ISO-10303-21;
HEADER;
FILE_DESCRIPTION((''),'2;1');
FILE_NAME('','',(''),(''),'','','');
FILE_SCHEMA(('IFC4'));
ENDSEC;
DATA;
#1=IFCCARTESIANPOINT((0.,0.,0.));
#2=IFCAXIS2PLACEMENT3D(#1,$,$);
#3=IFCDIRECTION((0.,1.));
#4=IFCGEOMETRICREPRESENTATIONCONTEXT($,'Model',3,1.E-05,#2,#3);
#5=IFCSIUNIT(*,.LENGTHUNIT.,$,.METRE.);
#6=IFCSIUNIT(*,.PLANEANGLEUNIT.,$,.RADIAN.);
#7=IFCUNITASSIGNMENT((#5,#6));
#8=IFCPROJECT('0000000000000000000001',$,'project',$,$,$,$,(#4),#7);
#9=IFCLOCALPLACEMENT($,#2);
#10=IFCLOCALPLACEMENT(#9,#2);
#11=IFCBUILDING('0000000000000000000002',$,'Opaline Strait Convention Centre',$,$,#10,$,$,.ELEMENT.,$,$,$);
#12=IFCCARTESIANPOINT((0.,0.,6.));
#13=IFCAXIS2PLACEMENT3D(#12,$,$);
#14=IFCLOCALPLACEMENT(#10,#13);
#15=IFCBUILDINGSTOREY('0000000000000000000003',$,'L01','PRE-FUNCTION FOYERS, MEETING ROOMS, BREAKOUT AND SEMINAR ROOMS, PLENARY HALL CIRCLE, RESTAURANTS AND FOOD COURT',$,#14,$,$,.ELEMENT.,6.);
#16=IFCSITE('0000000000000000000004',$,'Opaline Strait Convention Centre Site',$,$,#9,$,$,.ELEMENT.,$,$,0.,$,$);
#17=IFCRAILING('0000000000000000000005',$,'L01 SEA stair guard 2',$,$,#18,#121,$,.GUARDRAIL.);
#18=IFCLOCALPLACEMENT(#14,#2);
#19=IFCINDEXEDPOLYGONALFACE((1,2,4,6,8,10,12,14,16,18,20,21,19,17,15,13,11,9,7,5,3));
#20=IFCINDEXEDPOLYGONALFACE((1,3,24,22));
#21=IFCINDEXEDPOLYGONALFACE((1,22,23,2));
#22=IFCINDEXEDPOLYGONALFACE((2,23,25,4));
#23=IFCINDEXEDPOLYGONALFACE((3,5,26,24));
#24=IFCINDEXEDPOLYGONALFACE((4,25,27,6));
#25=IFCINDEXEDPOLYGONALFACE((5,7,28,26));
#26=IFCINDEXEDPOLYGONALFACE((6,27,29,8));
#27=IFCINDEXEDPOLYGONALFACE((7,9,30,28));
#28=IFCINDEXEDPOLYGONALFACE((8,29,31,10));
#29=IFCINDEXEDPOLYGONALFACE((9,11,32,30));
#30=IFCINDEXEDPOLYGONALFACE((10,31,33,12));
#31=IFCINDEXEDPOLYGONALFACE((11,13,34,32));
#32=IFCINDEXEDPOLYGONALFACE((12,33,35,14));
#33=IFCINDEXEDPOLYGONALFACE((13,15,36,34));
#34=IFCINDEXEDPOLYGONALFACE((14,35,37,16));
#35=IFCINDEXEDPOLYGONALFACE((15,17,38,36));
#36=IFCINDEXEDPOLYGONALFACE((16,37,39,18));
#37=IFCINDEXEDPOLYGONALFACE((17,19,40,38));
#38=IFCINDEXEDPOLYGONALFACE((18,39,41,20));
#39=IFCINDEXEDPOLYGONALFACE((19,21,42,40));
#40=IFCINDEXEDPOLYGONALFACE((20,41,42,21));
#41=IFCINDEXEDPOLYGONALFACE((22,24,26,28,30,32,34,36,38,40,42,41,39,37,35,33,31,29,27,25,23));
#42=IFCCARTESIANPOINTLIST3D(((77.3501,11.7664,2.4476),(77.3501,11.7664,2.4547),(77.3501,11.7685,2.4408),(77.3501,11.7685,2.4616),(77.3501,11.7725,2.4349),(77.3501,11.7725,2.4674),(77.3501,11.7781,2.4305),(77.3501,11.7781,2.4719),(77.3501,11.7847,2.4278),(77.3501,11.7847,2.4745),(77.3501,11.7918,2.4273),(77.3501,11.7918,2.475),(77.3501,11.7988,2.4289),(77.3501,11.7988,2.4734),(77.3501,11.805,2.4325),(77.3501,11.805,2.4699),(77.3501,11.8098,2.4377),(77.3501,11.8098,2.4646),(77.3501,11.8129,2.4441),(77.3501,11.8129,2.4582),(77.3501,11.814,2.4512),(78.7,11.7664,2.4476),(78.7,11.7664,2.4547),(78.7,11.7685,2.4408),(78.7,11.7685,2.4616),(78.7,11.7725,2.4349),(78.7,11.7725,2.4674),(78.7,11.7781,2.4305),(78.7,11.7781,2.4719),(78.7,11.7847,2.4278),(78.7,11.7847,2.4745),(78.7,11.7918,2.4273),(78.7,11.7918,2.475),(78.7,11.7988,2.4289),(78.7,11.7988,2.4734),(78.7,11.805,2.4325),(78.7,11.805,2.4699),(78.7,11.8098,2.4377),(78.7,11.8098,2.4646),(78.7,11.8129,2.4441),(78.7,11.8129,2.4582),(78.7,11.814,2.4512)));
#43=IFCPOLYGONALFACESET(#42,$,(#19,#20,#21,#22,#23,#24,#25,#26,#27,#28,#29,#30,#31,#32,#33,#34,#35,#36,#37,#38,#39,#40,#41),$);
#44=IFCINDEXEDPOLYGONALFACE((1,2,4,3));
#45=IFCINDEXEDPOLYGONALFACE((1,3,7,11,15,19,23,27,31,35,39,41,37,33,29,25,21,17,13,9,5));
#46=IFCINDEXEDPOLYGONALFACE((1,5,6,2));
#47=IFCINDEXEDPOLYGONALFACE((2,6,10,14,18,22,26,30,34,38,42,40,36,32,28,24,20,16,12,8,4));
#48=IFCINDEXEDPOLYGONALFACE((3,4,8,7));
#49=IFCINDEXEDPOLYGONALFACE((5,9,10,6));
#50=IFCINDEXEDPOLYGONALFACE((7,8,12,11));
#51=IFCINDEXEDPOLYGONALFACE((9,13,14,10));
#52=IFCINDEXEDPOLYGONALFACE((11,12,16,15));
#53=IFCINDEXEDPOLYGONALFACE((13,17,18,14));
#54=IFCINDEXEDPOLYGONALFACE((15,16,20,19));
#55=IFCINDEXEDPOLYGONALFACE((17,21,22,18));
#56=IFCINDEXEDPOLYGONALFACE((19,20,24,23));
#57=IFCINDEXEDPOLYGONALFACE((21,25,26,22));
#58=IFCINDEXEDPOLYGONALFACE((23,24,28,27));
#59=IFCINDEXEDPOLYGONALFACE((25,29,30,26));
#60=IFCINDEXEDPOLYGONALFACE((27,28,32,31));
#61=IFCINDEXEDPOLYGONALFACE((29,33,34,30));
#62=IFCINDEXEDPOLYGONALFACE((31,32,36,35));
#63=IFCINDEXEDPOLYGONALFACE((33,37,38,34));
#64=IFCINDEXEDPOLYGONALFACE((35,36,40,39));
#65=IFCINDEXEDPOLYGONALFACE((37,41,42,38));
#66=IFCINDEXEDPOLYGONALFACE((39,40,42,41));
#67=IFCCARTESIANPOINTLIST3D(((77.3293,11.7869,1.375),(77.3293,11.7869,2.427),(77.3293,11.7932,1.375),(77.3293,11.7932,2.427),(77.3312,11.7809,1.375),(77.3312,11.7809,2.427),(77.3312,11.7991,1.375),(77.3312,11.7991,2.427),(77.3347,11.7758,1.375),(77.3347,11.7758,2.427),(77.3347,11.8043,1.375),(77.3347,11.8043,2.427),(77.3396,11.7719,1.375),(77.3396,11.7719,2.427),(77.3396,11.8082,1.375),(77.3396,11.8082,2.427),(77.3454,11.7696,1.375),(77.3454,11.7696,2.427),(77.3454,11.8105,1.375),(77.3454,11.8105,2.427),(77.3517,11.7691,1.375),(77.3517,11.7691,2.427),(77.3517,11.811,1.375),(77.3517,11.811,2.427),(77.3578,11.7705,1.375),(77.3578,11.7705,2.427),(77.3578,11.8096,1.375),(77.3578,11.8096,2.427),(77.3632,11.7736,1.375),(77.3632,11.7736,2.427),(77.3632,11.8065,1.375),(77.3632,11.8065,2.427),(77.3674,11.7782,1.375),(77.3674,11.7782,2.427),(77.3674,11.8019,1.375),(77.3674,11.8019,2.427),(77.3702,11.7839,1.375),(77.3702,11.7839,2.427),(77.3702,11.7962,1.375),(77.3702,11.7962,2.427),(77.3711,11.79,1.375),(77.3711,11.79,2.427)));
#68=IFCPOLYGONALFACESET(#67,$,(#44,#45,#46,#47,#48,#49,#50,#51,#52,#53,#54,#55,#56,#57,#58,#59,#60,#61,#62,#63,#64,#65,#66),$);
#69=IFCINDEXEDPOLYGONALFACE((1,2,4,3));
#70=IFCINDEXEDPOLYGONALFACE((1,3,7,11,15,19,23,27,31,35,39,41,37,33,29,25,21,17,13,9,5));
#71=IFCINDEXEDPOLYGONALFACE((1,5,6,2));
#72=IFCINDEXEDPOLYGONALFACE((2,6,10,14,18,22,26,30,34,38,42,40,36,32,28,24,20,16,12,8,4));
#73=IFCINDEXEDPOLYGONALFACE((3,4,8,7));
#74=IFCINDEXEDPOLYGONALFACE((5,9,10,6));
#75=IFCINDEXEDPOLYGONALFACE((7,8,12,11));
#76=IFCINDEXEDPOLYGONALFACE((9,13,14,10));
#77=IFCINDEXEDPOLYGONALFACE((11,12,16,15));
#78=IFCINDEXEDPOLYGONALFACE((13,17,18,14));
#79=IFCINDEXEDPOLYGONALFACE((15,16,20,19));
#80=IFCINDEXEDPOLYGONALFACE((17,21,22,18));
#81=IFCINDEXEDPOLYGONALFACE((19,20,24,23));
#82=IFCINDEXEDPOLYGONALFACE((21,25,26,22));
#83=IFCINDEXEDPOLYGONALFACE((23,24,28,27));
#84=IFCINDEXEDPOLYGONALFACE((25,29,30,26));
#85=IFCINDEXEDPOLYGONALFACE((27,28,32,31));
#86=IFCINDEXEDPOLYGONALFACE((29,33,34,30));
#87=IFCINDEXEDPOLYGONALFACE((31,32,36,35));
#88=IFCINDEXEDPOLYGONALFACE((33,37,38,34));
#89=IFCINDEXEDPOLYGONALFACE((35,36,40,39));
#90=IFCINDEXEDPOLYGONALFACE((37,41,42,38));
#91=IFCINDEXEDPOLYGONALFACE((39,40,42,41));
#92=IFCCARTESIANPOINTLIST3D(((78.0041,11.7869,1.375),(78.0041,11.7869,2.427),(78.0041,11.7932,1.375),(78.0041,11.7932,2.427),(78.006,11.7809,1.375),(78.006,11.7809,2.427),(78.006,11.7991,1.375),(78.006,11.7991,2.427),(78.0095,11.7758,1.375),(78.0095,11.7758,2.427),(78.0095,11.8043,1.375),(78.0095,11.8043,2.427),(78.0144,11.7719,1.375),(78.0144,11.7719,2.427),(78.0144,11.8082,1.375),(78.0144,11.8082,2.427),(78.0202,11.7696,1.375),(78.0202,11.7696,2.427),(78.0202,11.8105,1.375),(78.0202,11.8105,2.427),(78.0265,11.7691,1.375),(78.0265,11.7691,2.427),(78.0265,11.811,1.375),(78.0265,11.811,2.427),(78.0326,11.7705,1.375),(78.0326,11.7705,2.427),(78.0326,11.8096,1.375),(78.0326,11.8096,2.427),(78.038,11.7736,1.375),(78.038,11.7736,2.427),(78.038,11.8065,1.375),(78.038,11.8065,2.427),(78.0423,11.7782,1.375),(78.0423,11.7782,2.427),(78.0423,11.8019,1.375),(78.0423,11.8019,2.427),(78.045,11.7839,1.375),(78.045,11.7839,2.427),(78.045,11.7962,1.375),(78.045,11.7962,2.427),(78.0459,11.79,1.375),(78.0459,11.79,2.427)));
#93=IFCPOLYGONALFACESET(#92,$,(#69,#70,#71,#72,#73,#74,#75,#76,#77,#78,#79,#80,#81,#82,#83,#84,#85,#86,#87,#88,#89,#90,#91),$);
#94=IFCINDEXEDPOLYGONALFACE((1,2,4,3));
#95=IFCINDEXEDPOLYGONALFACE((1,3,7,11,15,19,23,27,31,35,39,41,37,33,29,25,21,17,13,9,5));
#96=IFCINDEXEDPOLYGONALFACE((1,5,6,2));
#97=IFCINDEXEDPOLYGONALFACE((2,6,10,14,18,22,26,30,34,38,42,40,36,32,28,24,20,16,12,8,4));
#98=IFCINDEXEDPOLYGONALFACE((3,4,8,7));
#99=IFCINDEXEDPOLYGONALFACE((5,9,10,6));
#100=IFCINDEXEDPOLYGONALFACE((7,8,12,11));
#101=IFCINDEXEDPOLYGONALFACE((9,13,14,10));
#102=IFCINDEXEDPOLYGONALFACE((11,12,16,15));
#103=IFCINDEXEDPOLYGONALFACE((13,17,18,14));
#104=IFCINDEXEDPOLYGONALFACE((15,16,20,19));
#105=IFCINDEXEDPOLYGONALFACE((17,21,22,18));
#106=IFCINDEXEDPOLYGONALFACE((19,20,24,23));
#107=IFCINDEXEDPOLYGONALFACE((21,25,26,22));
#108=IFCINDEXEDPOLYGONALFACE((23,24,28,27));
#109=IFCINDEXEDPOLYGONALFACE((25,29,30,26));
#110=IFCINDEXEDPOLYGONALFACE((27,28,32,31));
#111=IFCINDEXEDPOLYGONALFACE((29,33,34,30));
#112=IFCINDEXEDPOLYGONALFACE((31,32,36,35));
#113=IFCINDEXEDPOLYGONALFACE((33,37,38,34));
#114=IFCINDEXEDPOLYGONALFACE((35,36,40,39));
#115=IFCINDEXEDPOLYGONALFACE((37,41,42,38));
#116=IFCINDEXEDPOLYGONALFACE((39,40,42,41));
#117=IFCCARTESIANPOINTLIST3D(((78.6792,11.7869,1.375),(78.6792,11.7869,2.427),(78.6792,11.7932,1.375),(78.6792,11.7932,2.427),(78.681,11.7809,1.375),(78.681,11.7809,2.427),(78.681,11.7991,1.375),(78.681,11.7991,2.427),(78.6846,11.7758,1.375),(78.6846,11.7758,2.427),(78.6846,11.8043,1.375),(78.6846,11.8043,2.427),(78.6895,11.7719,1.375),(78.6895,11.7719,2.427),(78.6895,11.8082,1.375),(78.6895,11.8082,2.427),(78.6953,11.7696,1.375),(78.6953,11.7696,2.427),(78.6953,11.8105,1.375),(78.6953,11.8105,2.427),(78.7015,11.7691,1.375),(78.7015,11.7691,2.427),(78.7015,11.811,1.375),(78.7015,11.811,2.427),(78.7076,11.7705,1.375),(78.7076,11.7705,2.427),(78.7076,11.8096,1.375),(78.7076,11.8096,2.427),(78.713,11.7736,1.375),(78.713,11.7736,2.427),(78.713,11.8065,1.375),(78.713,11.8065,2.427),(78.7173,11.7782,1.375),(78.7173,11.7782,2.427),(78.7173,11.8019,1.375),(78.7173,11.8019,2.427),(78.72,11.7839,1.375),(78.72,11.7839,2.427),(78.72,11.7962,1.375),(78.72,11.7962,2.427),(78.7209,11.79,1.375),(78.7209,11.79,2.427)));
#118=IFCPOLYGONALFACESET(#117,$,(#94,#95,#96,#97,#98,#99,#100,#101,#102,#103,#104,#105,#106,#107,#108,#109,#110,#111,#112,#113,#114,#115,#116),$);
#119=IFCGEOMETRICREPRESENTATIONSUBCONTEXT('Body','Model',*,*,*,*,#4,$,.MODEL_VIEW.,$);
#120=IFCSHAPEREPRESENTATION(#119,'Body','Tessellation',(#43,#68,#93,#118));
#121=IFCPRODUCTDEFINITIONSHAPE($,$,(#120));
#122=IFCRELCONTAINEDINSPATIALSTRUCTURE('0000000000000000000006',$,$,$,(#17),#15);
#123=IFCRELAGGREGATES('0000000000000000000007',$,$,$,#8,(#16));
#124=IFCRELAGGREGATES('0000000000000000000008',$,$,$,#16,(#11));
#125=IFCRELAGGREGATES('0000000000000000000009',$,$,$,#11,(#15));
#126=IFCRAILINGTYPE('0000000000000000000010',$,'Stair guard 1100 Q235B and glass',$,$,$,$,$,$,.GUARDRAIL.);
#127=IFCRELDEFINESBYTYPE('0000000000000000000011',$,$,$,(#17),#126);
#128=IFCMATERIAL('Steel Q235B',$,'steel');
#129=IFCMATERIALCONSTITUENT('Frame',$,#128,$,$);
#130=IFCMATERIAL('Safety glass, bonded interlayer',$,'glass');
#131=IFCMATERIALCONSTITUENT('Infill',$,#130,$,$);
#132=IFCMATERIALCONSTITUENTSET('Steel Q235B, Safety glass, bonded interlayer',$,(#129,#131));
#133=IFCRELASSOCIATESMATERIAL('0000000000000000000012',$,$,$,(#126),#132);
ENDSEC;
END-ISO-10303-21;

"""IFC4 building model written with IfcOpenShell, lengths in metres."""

from ifc_helpers import new_model, si_unit, direction, frame, origin, origin_2d, place, context, subcontext, project, spatial, circle, extrude, material, constituent, constituent_set, type_object, element, save


model = new_model("IFC4")

# Units and contexts
model_context = context("Model", 3, precision=1e-05, world=origin(), true_north=direction((0.0, 1.0)))
body_context = subcontext(model_context, "Body", "Model", "MODEL_VIEW")
ifc_project = project(units=[si_unit("LENGTHUNIT", "METRE"), si_unit("PLANEANGLEUNIT", "RADIAN")], contexts=[model_context])

# Site, building, storey
site_placement = place(None, origin())
site = spatial("IfcSite", under=ifc_project, at=site_placement, Name="Opaline Strait Convention Centre Site", CompositionType="ELEMENT", RefElevation=0.0)
building_placement = place(site_placement, origin())
building = spatial("IfcBuilding", under=site, at=building_placement, Name="Opaline Strait Convention Centre", CompositionType="ELEMENT")
storey_placement = place(building_placement, frame((0.0, 0.0, 6.0)))
storey = spatial("IfcBuildingStorey", under=building, at=storey_placement, Name="L01", Description="PRE-FUNCTION FOYERS, MEETING ROOMS, BREAKOUT AND SEMINAR ROOMS, PLENARY HALL CIRCLE, RESTAURANTS AND FOOD COURT", CompositionType="ELEMENT", Elevation=6.0)

# Railing
ifc_material_1 = material(Name="Steel Q235B", Category="steel")
ifc_constituent_1 = constituent(ifc_material_1, Name="Frame")
ifc_material_2 = material(Name="Safety glass, bonded interlayer", Category="glass")
ifc_constituent_2 = constituent(ifc_material_2, Name="Infill")
ifc_constituent_set = constituent_set(constituents=[ifc_constituent_1, ifc_constituent_2], Name="Steel Q235B, Safety glass, bonded interlayer")
railing_type_1 = type_object("IfcRailingType", Name="Stair guard 1100 Q235B and glass", PredefinedType="GUARDRAIL", material=ifc_constituent_set)
railing_1_placement = place(storey_placement, frame((77.3501, 11.79, 1.375)))
element("IfcRailing", 1, at=railing_1_placement, inside=storey, type_object=railing_type_1, Name="L01 SEA stair guard 2", PredefinedType="GUARDRAIL", context=body_context, shape_type="SweptSolid", body=[
    extrude(circle(Radius=0.0239, at=origin_2d()), frame((0.0, 0.0, 1.0762), z_axis=(1.0, 0.0, 0.0), x_axis=(0.0, 1.0, 0.0)), (0.0, 0.0, 1.0), 1.3499),
    extrude(circle(Radius=0.021, at=origin_2d()), origin(), (0.0, 0.0, 1.0), 1.052),
    extrude(circle(Radius=0.021, at=origin_2d()), frame((0.6748, 0.0, 0.0)), (0.0, 0.0, 1.0), 1.052),
    extrude(circle(Radius=0.021, at=origin_2d()), frame((1.3499, 0.0, 0.0)), (0.0, 0.0, 1.0), 1.052),
])

save(model, "model.ifc")
